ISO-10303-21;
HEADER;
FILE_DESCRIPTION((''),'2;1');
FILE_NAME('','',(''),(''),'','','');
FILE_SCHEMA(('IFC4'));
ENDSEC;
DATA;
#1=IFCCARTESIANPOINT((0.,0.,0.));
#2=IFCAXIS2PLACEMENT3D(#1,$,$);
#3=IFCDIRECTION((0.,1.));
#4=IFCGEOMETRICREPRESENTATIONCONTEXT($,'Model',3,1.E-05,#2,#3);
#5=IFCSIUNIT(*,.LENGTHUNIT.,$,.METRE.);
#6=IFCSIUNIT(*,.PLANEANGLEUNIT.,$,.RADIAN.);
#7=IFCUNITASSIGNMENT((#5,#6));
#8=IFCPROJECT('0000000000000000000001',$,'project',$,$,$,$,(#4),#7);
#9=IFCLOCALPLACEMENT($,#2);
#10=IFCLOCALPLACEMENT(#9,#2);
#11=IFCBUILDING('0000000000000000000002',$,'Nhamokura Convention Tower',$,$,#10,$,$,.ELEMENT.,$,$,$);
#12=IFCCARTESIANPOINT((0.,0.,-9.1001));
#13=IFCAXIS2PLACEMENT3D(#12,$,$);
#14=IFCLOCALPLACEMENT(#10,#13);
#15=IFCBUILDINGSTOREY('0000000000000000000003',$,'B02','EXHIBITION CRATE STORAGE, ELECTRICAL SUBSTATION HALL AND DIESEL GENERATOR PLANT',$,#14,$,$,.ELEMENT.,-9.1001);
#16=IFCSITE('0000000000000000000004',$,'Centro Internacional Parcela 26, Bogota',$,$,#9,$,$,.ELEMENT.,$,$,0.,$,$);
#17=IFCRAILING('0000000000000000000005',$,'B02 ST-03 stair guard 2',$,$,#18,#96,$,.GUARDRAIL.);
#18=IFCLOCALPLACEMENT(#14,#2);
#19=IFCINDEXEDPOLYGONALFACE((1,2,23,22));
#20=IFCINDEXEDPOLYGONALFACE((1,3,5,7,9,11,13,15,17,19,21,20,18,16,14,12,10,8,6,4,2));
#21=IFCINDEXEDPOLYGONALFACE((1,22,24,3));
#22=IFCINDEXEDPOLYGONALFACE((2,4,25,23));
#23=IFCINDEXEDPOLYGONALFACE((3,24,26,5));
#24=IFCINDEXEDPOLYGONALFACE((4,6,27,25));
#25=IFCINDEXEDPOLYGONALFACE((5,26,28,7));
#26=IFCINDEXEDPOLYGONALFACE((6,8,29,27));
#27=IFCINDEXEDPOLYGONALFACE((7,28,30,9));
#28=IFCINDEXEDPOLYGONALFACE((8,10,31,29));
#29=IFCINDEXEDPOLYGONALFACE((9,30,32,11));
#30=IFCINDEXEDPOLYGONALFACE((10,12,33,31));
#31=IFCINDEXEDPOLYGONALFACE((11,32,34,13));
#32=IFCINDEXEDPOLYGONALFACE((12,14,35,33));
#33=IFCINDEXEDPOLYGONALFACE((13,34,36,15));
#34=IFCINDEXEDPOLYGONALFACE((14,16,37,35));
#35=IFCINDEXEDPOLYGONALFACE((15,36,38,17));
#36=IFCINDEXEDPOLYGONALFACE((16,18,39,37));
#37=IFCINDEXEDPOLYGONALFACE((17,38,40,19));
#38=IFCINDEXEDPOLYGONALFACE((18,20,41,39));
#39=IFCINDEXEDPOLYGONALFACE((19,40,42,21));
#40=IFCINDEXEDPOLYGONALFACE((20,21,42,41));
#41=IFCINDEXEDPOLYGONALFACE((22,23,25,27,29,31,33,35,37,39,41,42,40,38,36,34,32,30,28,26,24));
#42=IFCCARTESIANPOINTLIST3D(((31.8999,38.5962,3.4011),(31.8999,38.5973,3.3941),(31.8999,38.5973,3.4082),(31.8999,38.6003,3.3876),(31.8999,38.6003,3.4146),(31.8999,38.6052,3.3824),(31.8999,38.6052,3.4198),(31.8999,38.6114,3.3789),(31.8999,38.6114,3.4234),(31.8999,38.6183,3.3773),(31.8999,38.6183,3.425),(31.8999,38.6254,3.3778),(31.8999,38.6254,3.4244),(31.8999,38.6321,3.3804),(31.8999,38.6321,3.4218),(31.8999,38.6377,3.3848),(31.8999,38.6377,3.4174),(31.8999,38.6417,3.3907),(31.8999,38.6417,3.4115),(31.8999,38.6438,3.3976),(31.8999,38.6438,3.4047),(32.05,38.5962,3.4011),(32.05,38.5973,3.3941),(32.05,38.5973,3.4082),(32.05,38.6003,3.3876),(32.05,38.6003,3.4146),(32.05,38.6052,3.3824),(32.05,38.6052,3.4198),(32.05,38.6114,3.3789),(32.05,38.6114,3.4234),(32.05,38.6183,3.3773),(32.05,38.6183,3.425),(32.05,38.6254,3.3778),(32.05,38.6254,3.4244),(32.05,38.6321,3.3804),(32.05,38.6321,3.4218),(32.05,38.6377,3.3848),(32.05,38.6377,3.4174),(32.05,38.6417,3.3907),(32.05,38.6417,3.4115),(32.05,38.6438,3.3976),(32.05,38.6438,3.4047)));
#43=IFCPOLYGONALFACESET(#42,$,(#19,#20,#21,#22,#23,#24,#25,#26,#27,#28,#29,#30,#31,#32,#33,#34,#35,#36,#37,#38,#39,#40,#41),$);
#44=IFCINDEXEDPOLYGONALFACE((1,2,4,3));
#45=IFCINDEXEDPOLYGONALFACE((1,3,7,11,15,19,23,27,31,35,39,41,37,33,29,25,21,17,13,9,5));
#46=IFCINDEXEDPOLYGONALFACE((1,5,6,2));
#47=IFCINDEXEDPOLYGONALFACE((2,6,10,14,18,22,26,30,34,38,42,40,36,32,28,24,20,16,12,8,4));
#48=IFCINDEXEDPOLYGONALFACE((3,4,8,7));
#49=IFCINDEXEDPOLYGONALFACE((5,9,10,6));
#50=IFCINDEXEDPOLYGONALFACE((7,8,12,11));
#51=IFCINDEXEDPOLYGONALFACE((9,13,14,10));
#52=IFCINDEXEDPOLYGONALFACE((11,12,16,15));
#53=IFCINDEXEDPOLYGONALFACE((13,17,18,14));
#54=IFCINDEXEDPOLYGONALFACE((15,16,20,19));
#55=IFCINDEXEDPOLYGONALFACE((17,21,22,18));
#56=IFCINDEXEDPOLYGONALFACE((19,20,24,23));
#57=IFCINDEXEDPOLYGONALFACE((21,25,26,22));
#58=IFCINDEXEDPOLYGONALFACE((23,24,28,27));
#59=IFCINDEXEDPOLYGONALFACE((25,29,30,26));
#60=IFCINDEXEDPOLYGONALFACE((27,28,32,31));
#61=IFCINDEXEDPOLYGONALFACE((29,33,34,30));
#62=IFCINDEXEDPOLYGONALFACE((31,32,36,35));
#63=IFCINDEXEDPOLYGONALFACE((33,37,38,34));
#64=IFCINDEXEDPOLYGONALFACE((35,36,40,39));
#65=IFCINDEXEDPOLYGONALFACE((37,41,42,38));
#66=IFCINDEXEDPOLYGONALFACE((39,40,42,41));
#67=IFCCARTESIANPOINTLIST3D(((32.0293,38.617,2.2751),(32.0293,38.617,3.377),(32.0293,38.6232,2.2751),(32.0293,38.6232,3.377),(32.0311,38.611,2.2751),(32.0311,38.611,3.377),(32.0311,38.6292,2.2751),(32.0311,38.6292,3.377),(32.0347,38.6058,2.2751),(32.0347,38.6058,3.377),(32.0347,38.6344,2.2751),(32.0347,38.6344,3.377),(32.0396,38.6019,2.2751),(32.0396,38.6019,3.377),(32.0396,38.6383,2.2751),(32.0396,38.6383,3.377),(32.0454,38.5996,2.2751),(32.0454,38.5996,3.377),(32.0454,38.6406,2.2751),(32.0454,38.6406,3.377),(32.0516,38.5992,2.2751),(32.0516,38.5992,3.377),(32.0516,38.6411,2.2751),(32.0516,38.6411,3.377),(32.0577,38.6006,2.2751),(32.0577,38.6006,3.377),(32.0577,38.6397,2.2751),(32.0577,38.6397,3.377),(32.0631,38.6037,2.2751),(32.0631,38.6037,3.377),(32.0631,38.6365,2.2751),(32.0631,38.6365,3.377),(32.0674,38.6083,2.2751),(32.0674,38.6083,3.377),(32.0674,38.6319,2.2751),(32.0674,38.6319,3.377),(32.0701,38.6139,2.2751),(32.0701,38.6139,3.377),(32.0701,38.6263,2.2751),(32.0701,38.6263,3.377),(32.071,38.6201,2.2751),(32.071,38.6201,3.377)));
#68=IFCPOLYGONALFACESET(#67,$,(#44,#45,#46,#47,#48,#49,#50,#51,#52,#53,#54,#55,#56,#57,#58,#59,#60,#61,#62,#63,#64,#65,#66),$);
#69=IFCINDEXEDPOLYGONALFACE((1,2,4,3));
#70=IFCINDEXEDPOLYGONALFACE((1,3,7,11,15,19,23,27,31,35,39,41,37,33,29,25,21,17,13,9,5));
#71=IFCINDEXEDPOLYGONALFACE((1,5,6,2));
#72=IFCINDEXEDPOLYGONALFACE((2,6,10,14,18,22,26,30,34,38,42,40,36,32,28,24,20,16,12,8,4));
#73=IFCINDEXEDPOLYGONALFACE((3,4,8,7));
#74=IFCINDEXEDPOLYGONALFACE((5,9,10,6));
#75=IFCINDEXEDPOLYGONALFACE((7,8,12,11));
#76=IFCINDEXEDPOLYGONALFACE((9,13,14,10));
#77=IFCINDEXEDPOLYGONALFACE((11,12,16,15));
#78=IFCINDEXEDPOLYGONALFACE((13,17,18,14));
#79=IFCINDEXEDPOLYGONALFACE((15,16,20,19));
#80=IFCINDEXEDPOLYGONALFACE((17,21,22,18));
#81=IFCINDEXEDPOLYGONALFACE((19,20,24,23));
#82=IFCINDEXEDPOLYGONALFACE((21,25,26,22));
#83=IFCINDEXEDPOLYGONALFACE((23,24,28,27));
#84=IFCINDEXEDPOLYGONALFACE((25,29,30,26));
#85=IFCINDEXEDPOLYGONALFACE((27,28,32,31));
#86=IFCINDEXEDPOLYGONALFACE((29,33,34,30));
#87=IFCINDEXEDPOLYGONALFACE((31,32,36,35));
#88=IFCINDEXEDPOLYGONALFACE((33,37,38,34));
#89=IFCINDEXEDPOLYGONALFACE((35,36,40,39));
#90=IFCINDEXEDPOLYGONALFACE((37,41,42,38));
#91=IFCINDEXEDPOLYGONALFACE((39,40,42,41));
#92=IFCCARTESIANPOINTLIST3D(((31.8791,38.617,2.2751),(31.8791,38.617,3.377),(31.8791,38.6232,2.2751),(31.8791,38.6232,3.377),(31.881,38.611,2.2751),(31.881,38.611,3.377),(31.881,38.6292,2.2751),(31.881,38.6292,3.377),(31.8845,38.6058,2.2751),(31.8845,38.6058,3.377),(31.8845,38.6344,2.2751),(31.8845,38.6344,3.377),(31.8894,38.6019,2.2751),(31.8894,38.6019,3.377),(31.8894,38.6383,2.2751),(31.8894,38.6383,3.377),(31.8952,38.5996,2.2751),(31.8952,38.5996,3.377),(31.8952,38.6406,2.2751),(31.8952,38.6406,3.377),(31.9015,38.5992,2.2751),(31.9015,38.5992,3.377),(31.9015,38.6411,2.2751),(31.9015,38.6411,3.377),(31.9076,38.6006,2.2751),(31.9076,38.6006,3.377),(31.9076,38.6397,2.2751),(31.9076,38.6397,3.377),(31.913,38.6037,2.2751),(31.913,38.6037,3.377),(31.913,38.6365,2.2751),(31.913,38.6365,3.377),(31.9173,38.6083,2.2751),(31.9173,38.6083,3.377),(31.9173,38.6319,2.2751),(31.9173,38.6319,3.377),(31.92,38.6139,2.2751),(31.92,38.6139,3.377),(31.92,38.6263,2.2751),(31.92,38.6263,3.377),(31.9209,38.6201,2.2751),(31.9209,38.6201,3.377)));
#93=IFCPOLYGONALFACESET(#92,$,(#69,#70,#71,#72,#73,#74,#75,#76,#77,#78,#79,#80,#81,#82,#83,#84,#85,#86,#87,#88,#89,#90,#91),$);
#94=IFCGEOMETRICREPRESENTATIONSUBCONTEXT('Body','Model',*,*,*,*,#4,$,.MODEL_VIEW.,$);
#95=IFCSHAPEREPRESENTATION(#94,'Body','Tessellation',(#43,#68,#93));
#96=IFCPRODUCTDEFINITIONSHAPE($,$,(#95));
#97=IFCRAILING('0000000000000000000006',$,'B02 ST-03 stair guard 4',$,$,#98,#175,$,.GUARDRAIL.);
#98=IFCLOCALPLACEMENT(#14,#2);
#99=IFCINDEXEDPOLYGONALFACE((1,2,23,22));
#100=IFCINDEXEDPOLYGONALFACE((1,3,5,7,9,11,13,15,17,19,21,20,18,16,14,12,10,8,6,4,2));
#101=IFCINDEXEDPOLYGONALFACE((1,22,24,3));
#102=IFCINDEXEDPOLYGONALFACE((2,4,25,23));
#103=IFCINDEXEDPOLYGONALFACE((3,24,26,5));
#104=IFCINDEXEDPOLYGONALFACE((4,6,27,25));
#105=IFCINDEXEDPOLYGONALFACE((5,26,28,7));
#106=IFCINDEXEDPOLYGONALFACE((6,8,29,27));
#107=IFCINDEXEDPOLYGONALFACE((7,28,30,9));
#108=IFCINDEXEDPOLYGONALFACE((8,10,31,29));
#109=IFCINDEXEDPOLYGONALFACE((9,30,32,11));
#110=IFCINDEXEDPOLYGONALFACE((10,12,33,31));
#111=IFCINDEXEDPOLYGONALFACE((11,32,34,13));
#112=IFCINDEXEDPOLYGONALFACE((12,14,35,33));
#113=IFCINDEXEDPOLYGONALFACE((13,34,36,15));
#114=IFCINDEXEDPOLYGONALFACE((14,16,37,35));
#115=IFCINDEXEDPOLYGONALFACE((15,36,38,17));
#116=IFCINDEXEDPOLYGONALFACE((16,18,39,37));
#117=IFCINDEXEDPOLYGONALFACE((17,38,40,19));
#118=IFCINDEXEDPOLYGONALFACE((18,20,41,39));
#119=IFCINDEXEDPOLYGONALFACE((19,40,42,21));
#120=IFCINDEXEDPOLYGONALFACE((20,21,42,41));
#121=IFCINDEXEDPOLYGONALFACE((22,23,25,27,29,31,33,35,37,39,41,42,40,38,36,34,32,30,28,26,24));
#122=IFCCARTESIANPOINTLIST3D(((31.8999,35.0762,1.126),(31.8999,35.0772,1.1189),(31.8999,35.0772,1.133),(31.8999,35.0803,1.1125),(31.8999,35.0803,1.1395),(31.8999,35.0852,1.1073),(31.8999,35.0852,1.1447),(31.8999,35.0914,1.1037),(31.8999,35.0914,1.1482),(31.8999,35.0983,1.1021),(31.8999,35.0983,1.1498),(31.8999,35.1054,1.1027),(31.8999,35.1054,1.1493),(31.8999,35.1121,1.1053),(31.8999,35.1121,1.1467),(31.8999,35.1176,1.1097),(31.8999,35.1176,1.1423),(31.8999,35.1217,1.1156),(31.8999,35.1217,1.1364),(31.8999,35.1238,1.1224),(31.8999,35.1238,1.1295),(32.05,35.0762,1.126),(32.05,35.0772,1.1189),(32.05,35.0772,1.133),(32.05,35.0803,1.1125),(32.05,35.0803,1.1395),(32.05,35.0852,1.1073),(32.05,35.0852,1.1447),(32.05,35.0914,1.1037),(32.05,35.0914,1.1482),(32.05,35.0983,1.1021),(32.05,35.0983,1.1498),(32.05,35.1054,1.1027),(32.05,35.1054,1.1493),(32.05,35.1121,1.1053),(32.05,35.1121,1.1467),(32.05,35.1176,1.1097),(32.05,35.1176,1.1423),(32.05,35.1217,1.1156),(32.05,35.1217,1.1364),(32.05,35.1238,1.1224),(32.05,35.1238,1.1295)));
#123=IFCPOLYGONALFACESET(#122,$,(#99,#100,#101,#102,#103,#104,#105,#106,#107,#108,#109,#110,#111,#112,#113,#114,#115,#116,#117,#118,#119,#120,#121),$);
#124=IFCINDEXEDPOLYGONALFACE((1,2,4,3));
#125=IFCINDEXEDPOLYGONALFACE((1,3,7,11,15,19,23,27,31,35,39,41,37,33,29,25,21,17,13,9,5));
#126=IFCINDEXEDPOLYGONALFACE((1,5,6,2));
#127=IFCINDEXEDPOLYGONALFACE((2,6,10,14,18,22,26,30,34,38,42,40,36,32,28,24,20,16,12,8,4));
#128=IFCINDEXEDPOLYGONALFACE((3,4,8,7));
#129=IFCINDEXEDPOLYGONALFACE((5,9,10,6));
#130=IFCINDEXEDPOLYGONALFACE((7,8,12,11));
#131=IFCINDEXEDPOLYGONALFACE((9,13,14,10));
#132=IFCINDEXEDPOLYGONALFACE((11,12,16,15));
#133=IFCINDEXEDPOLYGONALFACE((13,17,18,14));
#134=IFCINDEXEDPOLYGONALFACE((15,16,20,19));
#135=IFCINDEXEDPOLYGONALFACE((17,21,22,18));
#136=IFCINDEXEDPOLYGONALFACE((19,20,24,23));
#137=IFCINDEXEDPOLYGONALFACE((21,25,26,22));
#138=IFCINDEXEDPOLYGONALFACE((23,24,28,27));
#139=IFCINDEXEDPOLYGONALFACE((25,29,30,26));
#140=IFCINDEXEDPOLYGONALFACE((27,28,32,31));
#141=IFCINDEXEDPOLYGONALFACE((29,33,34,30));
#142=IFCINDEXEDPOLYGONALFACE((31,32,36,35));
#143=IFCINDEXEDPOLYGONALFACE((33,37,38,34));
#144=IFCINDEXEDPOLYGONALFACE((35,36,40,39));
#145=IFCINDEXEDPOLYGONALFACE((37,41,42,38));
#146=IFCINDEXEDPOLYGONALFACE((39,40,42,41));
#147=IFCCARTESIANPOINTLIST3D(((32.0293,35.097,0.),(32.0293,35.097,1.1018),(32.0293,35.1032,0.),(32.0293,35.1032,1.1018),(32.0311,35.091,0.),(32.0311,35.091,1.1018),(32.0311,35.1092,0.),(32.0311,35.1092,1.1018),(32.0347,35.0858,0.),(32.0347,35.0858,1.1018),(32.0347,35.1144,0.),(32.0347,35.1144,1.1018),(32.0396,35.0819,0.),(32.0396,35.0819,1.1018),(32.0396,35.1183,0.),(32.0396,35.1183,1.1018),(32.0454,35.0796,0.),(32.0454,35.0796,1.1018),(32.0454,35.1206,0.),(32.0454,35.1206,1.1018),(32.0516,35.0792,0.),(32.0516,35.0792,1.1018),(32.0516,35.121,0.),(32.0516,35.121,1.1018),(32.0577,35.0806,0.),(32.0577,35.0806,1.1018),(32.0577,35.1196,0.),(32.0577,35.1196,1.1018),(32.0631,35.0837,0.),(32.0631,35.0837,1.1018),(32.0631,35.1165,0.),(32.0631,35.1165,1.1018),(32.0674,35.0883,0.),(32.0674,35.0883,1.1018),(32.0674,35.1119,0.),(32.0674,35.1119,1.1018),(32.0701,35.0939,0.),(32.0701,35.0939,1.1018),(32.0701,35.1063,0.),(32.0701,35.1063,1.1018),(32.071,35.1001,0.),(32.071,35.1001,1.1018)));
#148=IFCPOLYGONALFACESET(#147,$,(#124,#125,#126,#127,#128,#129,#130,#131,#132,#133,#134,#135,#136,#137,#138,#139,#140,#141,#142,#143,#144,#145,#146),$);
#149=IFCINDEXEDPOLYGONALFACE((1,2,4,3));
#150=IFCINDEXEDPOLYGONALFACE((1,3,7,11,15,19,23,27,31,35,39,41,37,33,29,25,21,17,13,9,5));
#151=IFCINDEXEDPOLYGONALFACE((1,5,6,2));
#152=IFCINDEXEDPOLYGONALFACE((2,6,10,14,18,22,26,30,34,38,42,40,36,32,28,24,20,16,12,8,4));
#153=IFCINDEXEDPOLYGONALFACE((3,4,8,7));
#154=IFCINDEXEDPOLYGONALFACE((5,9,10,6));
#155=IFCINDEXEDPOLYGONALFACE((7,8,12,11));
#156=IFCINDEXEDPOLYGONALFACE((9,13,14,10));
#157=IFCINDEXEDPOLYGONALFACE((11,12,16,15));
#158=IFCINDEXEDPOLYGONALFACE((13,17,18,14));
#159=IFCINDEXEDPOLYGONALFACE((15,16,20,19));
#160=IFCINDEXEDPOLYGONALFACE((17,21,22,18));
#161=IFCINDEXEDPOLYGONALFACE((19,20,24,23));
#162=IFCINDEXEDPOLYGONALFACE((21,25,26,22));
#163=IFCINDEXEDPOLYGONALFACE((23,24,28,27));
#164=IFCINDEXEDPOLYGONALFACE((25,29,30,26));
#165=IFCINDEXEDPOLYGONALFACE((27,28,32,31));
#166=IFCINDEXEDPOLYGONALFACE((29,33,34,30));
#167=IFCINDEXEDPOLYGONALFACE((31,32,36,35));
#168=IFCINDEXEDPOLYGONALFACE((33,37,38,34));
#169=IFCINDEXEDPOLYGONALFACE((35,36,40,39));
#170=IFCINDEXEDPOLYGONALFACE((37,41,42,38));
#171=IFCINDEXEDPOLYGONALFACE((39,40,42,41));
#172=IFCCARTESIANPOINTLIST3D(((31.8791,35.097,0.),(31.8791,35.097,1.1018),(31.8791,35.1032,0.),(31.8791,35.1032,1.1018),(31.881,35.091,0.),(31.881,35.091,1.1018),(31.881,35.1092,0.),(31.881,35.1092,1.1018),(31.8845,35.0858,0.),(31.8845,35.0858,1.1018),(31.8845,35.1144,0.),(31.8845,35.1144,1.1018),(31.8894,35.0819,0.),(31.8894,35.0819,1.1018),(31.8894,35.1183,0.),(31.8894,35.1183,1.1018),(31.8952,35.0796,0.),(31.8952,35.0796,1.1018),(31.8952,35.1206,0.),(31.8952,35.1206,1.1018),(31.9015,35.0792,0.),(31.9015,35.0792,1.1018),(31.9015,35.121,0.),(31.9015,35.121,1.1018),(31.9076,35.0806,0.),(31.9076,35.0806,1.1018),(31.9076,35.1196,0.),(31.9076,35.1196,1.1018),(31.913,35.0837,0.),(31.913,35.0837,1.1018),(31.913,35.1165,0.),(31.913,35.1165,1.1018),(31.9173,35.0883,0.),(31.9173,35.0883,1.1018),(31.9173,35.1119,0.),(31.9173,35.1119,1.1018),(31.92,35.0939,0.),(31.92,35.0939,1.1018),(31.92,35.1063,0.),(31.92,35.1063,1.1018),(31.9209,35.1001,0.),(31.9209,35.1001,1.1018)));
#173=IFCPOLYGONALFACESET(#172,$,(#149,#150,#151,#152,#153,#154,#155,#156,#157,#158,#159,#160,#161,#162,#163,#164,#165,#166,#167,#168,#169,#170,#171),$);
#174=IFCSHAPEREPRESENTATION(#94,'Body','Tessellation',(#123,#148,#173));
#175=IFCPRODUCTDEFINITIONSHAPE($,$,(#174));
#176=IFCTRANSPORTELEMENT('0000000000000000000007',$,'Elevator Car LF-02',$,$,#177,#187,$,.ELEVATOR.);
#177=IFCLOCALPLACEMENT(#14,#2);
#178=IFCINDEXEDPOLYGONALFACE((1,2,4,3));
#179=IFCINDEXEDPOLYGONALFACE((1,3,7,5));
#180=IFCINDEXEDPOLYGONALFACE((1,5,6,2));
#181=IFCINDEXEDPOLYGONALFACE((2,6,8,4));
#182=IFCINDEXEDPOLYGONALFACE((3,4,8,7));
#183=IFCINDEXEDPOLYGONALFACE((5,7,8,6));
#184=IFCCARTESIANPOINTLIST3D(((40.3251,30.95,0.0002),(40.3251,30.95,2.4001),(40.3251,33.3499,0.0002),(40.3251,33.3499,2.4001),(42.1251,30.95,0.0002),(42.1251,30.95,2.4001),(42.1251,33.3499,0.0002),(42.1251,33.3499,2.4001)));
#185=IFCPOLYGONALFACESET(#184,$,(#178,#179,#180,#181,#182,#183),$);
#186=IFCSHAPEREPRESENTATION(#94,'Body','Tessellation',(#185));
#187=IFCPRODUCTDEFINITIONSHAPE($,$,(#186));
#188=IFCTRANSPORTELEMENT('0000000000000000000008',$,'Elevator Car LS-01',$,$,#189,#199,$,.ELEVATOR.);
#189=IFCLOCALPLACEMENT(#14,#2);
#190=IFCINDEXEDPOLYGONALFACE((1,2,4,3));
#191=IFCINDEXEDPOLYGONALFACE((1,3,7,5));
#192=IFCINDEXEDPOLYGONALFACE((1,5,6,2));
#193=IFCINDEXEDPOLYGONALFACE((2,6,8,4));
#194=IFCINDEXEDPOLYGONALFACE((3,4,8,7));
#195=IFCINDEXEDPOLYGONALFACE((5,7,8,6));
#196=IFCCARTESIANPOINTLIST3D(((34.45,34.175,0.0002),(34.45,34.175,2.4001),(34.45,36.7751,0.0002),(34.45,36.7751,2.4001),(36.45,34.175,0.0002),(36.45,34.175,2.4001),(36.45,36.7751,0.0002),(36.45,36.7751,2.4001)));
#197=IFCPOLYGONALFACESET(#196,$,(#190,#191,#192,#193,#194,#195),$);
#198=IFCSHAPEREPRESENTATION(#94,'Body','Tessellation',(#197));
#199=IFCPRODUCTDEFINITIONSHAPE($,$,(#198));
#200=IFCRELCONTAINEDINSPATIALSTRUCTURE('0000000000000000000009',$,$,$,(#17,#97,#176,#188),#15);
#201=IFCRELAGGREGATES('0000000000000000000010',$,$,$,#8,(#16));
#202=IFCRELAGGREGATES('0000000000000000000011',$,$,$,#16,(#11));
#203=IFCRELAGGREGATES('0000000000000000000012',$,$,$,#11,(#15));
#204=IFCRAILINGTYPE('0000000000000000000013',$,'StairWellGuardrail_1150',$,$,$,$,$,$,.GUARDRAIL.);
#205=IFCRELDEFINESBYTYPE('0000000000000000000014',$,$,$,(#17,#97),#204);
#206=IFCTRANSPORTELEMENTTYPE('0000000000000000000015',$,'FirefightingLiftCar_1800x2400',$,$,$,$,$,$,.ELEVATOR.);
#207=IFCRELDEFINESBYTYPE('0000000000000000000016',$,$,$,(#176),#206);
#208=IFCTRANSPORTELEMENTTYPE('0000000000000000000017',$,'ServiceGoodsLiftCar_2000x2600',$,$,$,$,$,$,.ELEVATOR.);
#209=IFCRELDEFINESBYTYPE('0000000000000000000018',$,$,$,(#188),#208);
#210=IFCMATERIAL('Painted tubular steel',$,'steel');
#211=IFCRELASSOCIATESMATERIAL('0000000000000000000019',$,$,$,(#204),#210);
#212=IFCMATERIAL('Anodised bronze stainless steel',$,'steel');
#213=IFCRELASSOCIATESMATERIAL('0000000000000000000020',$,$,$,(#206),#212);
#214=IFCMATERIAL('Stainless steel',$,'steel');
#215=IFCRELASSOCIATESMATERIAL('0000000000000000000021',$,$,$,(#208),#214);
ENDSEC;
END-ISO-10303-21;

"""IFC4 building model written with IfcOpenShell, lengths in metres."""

from ifc_helpers import new_model, si_unit, direction, frame, origin, origin_2d, place, context, subcontext, project, spatial, rectangle, circle, extrude, material, type_object, element, save


model = new_model("IFC4")

# Units and contexts
model_context = context("Model", 3, precision=1e-05, world=origin(), true_north=direction((0.0, 1.0)))
body_context = subcontext(model_context, "Body", "Model", "MODEL_VIEW")
ifc_project = project(units=[si_unit("LENGTHUNIT", "METRE"), si_unit("PLANEANGLEUNIT", "RADIAN")], contexts=[model_context])

# Site, building, storey
site_placement = place(None, origin())
site = spatial("IfcSite", under=ifc_project, at=site_placement, Name="Centro Internacional Parcela 26, Bogota", CompositionType="ELEMENT", RefElevation=0.0)
building_placement = place(site_placement, origin())
building = spatial("IfcBuilding", under=site, at=building_placement, Name="Nhamokura Convention Tower", CompositionType="ELEMENT")
storey_placement = place(building_placement, frame((0.0, 0.0, -9.1001)))
storey = spatial("IfcBuildingStorey", under=building, at=storey_placement, Name="B02", Description="EXHIBITION CRATE STORAGE, ELECTRICAL SUBSTATION HALL AND DIESEL GENERATOR PLANT", CompositionType="ELEMENT", Elevation=-9.1001)

# Railings
ifc_material_1 = material(Name="Painted tubular steel", Category="steel")
railing_type_1 = type_object("IfcRailingType", Name="StairWellGuardrail_1150", PredefinedType="GUARDRAIL", material=ifc_material_1)
for number, where, name in (
    (1, (32.05, 38.6201, 2.2751), "B02 ST-03 stair guard 2"),
    (2, (32.05, 35.1001, 0.0), "B02 ST-03 stair guard 4"),
):
    element("IfcRailing", number, at=place(storey_placement, frame(where)), inside=storey, type_object=railing_type_1, Name=name, PredefinedType="GUARDRAIL", context=body_context, shape_type="SweptSolid", body=[
        extrude(circle(Radius=0.0239, at=origin_2d()), frame((0.0, 0.0, 1.126), z_axis=(-1.0, 0.0, 0.0), x_axis=(0.0, -1.0, 0.0)), (0.0, 0.0, 1.0), 0.1501),
        extrude(circle(Radius=0.021, at=origin_2d()), origin(), (0.0, 0.0, 1.0), 1.1018),
        extrude(circle(Radius=0.021, at=origin_2d()), frame((-0.1501, 0.0, 0.0)), (0.0, 0.0, 1.0), 1.1018),
    ])

# Transport elements
ifc_material_2 = material(Name="Anodised bronze stainless steel", Category="steel")
transport_element_type_1 = type_object("IfcTransportElementType", Name="FirefightingLiftCar_1800x2400", PredefinedType="ELEVATOR", material=ifc_material_2)
transport_element_1_placement = place(storey_placement, frame((41.2251, 32.1499, 0.0002), z_axis=(0.0, 0.0, 1.0), x_axis=(1.0, 0.0, 0.0)))
element("IfcTransportElement", 3, at=transport_element_1_placement, inside=storey, type_object=transport_element_type_1, Name="Elevator Car LF-02", PredefinedType="ELEVATOR", context=body_context, shape_type="SweptSolid", body=[
    extrude(rectangle(XDim=1.8, YDim=2.3999, at=origin_2d()), origin(), (0.0, 0.0, 1.0), 2.3999),
])
ifc_material_3 = material(Name="Stainless steel", Category="steel")
transport_element_type_2 = type_object("IfcTransportElementType", Name="ServiceGoodsLiftCar_2000x2600", PredefinedType="ELEVATOR", material=ifc_material_3)
transport_element_2_placement = place(storey_placement, frame((35.45, 35.4751, 0.0002), z_axis=(0.0, 0.0, 1.0), x_axis=(1.0, 0.0, 0.0)))
element("IfcTransportElement", 4, at=transport_element_2_placement, inside=storey, type_object=transport_element_type_2, Name="Elevator Car LS-01", PredefinedType="ELEVATOR", context=body_context, shape_type="SweptSolid", body=[
    extrude(rectangle(XDim=2.0, YDim=2.6001, at=origin_2d()), origin(), (0.0, 0.0, 1.0), 2.3999),
])

save(model, "model.ifc")
